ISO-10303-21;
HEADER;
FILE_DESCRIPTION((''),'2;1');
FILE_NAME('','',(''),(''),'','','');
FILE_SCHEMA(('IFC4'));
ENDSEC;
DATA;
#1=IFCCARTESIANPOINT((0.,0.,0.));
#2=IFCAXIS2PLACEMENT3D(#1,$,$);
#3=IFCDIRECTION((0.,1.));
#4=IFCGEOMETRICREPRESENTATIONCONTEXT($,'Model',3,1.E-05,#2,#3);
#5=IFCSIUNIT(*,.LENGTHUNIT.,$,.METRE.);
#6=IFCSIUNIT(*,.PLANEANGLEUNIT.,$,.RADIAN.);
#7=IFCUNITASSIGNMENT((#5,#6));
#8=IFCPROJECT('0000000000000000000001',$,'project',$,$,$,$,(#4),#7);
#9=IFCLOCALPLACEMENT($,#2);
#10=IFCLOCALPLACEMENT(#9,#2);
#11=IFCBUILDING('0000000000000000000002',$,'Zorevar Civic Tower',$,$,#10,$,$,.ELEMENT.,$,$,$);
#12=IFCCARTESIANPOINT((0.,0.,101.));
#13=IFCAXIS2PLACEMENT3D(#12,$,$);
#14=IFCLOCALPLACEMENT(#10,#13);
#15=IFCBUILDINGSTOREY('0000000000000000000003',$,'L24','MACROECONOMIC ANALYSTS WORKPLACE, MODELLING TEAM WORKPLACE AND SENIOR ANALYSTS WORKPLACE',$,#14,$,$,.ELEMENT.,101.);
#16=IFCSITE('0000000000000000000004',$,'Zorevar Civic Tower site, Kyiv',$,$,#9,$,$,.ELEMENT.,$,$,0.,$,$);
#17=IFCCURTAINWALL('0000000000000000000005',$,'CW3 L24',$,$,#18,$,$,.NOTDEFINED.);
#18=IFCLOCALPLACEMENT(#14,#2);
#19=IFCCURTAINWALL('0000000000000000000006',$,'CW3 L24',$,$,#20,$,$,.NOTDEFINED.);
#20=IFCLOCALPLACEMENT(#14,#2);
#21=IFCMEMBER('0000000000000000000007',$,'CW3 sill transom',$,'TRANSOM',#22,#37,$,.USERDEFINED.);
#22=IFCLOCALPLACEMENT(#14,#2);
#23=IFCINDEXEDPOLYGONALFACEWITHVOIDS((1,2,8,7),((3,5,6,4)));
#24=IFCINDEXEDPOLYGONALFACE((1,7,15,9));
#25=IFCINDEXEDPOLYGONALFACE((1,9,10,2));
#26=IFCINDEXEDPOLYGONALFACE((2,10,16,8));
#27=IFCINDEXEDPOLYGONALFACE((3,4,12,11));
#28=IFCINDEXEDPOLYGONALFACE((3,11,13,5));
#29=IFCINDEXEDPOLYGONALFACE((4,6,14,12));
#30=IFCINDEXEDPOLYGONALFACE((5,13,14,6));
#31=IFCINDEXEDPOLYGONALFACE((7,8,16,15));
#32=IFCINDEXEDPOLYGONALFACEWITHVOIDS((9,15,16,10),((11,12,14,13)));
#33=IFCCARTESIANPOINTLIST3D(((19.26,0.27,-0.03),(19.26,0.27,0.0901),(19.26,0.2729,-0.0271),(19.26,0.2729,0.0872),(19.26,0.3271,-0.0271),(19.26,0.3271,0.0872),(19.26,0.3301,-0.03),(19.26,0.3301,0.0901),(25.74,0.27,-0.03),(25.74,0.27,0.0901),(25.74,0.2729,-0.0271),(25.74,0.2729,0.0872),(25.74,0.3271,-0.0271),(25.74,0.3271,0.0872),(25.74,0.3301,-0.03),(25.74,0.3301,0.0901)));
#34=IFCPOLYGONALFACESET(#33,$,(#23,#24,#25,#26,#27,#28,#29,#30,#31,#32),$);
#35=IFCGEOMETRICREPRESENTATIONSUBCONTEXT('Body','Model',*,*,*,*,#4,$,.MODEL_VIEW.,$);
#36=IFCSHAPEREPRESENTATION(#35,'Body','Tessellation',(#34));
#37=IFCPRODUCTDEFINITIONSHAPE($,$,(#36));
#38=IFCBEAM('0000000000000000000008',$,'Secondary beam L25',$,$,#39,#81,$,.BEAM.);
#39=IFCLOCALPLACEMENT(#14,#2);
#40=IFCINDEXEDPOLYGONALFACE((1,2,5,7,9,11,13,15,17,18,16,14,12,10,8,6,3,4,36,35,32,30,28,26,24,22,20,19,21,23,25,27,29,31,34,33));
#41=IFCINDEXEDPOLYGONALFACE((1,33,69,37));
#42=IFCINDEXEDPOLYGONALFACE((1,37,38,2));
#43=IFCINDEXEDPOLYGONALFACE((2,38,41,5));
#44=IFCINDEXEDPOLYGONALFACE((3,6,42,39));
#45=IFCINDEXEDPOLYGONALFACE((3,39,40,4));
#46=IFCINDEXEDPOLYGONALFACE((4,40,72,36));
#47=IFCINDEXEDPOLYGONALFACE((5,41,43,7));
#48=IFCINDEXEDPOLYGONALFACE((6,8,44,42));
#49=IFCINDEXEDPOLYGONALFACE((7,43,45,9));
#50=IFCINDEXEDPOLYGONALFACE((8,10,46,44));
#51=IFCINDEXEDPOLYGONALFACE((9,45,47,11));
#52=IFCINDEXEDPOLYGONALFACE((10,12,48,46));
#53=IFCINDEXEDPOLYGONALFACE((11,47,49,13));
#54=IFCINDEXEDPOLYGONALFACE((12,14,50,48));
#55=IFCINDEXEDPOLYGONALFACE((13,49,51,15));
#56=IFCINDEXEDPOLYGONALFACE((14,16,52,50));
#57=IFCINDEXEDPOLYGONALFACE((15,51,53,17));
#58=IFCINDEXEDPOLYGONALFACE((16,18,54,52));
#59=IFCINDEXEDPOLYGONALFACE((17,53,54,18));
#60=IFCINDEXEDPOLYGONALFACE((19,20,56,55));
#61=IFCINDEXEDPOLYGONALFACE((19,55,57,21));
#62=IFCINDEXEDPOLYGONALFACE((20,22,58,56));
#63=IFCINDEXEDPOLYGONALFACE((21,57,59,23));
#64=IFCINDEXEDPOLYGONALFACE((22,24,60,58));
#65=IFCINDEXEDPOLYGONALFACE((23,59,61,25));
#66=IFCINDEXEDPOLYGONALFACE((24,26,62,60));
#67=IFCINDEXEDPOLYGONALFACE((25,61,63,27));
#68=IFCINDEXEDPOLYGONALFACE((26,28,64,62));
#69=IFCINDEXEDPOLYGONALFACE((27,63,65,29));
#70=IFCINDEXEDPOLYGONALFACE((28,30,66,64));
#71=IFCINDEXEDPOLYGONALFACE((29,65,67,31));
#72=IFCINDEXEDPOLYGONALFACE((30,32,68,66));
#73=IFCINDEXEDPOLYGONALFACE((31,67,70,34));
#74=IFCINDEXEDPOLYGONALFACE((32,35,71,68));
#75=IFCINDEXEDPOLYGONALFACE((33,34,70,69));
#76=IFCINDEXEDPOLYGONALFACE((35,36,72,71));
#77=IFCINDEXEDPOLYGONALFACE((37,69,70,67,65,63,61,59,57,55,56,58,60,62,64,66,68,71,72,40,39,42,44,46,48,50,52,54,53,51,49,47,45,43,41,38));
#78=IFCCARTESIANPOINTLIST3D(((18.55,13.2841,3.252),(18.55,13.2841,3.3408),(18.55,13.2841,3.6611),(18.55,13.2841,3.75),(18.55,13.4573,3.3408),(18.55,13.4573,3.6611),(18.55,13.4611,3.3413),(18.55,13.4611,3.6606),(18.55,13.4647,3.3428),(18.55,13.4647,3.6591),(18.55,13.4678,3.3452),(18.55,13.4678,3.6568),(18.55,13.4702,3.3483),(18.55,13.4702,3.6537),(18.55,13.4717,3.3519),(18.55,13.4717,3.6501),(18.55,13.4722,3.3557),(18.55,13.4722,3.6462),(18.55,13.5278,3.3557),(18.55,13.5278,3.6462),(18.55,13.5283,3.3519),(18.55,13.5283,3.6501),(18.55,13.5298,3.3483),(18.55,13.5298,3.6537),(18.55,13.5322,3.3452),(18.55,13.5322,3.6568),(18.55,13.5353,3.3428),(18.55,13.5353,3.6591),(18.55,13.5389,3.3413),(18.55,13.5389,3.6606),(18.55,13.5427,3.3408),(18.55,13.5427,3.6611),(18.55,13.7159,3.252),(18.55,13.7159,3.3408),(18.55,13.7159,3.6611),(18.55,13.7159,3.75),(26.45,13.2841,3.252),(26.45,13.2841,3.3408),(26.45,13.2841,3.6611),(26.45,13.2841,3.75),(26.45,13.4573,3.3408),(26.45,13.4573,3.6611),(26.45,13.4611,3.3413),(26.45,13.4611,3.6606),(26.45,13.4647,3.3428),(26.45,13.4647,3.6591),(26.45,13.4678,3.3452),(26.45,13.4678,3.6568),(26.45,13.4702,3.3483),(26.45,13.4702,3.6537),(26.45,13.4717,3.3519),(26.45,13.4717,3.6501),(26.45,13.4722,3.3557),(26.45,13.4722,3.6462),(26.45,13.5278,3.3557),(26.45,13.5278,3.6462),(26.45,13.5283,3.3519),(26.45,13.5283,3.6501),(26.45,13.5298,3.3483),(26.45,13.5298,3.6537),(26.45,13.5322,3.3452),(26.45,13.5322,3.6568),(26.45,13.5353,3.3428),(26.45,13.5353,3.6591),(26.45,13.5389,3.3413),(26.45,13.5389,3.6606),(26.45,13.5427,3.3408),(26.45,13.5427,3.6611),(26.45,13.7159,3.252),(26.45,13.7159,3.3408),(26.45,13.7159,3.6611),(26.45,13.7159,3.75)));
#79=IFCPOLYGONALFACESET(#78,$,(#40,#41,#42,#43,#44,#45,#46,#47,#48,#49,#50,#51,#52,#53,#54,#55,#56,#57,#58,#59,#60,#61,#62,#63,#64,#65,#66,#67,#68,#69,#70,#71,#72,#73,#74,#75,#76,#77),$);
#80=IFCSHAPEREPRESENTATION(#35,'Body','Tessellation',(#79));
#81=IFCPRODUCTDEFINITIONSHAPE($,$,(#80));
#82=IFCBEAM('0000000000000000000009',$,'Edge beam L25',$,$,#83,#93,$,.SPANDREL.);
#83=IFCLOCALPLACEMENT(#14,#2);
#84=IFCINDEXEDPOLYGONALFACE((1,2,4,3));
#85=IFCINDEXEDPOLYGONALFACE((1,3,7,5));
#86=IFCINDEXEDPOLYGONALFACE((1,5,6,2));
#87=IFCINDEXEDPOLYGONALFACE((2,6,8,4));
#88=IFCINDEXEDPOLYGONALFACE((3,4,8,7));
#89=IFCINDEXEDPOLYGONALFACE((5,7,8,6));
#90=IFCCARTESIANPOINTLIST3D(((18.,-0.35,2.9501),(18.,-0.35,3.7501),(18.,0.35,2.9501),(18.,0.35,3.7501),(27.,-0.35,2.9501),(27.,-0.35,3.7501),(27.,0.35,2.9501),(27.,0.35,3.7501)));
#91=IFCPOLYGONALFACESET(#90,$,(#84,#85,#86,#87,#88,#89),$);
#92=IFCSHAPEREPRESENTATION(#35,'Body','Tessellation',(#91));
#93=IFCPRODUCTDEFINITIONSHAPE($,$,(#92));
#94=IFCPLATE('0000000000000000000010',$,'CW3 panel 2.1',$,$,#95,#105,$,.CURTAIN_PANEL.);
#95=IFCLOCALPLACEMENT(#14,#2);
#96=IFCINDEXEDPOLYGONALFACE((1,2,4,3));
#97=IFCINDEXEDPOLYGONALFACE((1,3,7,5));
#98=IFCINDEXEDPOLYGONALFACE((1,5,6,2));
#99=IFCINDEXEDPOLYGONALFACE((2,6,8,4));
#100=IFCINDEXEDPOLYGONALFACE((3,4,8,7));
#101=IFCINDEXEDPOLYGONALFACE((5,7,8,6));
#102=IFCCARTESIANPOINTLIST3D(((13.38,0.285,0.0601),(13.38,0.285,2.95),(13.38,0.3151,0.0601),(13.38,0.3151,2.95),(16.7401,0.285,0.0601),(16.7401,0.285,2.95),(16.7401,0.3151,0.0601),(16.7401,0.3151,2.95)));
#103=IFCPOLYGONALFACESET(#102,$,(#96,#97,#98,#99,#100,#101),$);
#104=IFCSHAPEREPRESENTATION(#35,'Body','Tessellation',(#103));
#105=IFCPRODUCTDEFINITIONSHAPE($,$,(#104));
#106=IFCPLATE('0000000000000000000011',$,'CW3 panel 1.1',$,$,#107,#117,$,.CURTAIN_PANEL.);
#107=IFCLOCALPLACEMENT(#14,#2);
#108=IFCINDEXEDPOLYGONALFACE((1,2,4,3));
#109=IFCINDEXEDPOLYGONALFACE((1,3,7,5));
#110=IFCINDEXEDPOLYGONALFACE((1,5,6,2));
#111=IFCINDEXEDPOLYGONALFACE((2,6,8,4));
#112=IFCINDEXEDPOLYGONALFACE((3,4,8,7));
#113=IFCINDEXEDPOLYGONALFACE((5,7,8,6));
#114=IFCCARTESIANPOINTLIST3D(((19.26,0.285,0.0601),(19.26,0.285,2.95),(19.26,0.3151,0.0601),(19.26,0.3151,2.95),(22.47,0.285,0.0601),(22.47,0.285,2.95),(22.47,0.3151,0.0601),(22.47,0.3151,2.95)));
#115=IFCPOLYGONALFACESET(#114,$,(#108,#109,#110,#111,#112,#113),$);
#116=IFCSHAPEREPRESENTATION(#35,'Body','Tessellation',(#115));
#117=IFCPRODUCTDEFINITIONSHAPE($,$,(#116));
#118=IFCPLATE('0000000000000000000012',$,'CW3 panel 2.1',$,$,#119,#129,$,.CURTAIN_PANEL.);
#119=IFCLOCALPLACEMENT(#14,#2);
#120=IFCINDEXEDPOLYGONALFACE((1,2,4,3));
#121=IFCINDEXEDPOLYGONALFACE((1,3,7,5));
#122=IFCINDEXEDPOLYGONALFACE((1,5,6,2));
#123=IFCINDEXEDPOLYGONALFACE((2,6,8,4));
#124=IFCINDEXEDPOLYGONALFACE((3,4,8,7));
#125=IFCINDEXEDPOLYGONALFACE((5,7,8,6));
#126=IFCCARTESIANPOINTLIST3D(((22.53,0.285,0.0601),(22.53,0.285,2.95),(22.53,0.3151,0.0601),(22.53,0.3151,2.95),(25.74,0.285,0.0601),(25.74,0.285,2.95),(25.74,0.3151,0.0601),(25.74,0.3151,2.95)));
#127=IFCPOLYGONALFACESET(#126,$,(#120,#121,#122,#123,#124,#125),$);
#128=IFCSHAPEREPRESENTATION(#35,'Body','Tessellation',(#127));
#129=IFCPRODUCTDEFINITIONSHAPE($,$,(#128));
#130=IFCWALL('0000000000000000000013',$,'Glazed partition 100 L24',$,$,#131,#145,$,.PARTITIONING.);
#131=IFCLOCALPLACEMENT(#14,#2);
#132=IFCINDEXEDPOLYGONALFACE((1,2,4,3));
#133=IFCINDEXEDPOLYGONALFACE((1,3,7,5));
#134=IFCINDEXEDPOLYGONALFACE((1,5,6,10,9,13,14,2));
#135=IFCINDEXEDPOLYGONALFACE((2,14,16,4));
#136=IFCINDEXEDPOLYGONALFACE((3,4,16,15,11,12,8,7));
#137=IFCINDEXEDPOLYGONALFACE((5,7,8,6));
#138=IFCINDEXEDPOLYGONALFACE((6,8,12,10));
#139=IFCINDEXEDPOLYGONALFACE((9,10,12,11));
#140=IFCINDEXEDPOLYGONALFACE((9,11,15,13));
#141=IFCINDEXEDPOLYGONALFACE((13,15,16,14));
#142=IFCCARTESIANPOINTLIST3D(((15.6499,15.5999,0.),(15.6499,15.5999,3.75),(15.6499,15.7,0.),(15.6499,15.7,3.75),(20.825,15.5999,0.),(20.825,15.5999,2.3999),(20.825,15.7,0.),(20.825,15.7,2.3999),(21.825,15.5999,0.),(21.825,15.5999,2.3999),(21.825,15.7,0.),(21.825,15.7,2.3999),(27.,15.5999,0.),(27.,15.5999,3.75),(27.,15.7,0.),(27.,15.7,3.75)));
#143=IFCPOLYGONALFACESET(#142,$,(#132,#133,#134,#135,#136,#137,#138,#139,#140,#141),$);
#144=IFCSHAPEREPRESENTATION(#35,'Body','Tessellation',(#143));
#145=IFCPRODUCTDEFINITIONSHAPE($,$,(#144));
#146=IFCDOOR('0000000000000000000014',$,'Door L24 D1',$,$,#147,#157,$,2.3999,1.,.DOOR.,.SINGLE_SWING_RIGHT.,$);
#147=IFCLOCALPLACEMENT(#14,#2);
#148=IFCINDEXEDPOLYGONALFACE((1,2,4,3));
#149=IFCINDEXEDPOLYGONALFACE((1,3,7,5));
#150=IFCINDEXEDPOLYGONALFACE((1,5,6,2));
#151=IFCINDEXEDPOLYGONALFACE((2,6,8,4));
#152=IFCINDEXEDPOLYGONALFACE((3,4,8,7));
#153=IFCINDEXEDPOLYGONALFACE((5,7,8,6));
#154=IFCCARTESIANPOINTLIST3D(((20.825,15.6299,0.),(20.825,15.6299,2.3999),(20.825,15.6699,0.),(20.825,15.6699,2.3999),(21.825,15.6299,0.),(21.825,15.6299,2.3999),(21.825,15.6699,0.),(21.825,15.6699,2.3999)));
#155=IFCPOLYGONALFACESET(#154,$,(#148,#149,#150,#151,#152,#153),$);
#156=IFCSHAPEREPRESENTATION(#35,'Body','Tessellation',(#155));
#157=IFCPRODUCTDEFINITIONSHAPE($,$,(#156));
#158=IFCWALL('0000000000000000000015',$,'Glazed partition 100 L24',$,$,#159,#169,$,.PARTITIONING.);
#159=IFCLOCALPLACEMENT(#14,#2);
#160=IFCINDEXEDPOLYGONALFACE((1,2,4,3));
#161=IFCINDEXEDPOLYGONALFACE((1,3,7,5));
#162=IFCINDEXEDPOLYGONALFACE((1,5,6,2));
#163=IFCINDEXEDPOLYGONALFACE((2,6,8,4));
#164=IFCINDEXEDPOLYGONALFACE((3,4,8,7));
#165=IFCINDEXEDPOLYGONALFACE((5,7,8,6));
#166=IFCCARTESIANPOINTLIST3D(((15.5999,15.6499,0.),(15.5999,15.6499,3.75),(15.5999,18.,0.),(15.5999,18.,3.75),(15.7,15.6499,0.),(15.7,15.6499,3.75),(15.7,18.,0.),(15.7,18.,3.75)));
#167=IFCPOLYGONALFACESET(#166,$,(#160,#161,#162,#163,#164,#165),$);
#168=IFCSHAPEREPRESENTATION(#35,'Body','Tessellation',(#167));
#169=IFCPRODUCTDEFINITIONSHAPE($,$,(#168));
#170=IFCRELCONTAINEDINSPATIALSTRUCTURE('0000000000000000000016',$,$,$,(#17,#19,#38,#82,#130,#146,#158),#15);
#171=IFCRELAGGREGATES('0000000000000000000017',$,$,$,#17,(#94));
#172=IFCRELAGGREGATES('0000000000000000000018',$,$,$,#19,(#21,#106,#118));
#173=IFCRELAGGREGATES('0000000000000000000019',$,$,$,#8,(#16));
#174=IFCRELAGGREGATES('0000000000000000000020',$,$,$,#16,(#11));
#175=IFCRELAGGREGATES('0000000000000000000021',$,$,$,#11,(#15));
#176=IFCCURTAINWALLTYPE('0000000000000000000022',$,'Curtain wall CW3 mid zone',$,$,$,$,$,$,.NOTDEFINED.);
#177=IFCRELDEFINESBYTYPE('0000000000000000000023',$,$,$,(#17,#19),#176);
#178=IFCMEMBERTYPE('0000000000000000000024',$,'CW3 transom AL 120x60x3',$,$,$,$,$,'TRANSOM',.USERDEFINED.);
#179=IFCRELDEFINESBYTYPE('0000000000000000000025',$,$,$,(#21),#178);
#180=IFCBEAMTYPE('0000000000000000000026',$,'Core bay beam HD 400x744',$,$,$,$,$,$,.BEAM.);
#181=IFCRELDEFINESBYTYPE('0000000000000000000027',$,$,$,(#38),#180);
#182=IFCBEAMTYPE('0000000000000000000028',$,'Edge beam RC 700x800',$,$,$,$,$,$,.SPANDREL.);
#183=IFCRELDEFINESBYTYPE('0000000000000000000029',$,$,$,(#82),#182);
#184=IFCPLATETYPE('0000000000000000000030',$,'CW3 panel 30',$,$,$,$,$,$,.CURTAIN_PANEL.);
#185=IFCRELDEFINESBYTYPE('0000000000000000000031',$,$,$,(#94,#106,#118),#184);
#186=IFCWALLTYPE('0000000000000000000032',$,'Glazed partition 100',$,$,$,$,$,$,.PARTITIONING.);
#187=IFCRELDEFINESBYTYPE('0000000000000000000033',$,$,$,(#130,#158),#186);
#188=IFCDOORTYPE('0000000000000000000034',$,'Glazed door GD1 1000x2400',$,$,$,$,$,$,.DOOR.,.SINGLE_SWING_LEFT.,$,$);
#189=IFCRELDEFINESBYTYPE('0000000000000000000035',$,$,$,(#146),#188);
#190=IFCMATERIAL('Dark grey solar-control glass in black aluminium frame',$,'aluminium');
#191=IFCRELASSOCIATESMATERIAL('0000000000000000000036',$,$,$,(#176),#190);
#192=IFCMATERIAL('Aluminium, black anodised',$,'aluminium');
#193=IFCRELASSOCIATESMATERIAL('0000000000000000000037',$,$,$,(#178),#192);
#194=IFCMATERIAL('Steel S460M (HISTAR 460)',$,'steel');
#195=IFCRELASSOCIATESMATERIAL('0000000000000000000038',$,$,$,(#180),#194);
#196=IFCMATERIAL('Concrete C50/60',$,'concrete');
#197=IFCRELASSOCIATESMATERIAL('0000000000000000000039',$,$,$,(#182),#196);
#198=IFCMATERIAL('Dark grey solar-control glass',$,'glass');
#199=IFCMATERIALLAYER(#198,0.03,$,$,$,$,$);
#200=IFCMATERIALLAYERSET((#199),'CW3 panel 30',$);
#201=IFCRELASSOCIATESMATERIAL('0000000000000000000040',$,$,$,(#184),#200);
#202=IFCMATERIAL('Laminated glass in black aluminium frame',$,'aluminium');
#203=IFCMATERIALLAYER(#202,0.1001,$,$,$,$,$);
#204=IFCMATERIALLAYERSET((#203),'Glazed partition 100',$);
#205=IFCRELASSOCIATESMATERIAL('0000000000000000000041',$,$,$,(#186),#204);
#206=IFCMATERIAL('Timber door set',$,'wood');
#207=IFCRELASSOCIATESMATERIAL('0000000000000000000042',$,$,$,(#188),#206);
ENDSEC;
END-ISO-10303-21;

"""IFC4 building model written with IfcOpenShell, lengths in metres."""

from ifc_helpers import new_model, si_unit, direction, frame, frame_2d, origin, origin_2d, place, context, subcontext, project, spatial, rectangle, hollow_rectangle, i_section, extrude, material, layer, layer_set, material_profile, profile_set, type_object, element, fill, aggregate, save


model = new_model("IFC4")

# Units and contexts
model_context = context("Model", 3, precision=1e-05, world=origin(), true_north=direction((0.0, 1.0)))
body_context = subcontext(model_context, "Body", "Model", "MODEL_VIEW")
ifc_project = project(units=[si_unit("LENGTHUNIT", "METRE"), si_unit("PLANEANGLEUNIT", "RADIAN")], contexts=[model_context])

# Site, building, storey
site_placement = place(None, origin())
site = spatial("IfcSite", under=ifc_project, at=site_placement, Name="Zorevar Civic Tower site, Kyiv", CompositionType="ELEMENT", RefElevation=0.0)
building_placement = place(site_placement, origin())
building = spatial("IfcBuilding", under=site, at=building_placement, Name="Zorevar Civic Tower", CompositionType="ELEMENT")
storey_placement = place(building_placement, frame((0.0, 0.0, 101.0)))
storey = spatial("IfcBuildingStorey", under=building, at=storey_placement, Name="L24", Description="MACROECONOMIC ANALYSTS WORKPLACE, MODELLING TEAM WORKPLACE AND SENIOR ANALYSTS WORKPLACE", CompositionType="ELEMENT", Elevation=101.0)

# Curtain wall
ifc_material_1 = material(Name="Dark grey solar-control glass in black aluminium frame", Category="aluminium")
curtain_wall_type = type_object("IfcCurtainWallType", Name="Curtain wall CW3 mid zone", PredefinedType="NOTDEFINED", material=ifc_material_1)
curtain_wall_1_placement = place(storey_placement, origin())
curtain_wall_1 = element("IfcCurtainWall", 1, at=curtain_wall_1_placement, inside=storey, type_object=curtain_wall_type, Name="CW3 L24", PredefinedType="NOTDEFINED")

# Curtain wall, member
curtain_wall_2_placement = place(storey_placement, origin())
curtain_wall_2 = element("IfcCurtainWall", 2, at=curtain_wall_2_placement, inside=storey, type_object=curtain_wall_type, Name="CW3 L24", PredefinedType="NOTDEFINED")
ifc_material_2 = material(Name="Aluminium, black anodised", Category="aluminium")
ifc_material_profile_1 = material_profile(ifc_material_2, hollow_rectangle(XDim=0.0601, YDim=0.1201, WallThickness=0.0029, at=origin_2d()), Name="AL 120x60x3")
ifc_profile_set_1 = profile_set([ifc_material_profile_1], Name="Aluminium, black anodised")
member_type_1 = type_object("IfcMemberType", Name="CW3 transom AL 120x60x3", ElementType="TRANSOM", PredefinedType="USERDEFINED", material=ifc_profile_set_1)
member_1_placement = place(storey_placement, frame((19.26, 0.3, 0.03), z_axis=(1.0, 0.0, 0.0), x_axis=(0.0, 1.0, 0.0)))
member_1 = element("IfcMember", 3, at=member_1_placement, type_object=member_type_1, Name="CW3 sill transom", ObjectType="TRANSOM", PredefinedType="USERDEFINED", context=body_context, shape_type="SweptSolid", body=[
    extrude(hollow_rectangle(XDim=0.0601, YDim=0.1201, WallThickness=0.0029, at=origin_2d()), origin(), (0.0, 0.0, 1.0), 6.48),
])

# Beams
ifc_material_3 = material(Name="Steel S460M (HISTAR 460)", Category="steel")
ifc_material_profile_2 = material_profile(ifc_material_3, i_section(OverallWidth=0.4319, OverallDepth=0.498, WebThickness=0.0557, FlangeThickness=0.0889, FilletRadius=0.0149, at=origin_2d()), Name="HD 400x744")
ifc_profile_set_2 = profile_set([ifc_material_profile_2], Name="Steel S460M (HISTAR 460)")
beam_type_1 = type_object("IfcBeamType", Name="Core bay beam HD 400x744", PredefinedType="BEAM", material=ifc_profile_set_2)
beam_1_placement = place(storey_placement, frame((18.55, 13.5, 3.501), z_axis=(1.0, 0.0, 0.0), x_axis=(0.0, 1.0, 0.0)))
element("IfcBeam", 4, at=beam_1_placement, inside=storey, type_object=beam_type_1, Name="Secondary beam L25", PredefinedType="BEAM", context=body_context, shape_type="SweptSolid", body=[
    extrude(i_section(OverallWidth=0.4319, OverallDepth=0.498, WebThickness=0.0557, FlangeThickness=0.0889, FilletRadius=0.0149, at=origin_2d()), origin(), (0.0, 0.0, 1.0), 7.8999),
])
ifc_material_4 = material(Name="Concrete C50/60", Category="concrete")
ifc_material_profile_3 = material_profile(ifc_material_4, rectangle(XDim=0.7, YDim=0.8, at=origin_2d()), Name="RC 700x800")
ifc_profile_set_3 = profile_set([ifc_material_profile_3], Name="Concrete C50/60")
beam_type_2 = type_object("IfcBeamType", Name="Edge beam RC 700x800", PredefinedType="SPANDREL", material=ifc_profile_set_3)
beam_2_placement = place(storey_placement, frame((18.0, 0.0, 3.3501), z_axis=(1.0, 0.0, 0.0), x_axis=(0.0, 1.0, 0.0)))
element("IfcBeam", 5, at=beam_2_placement, inside=storey, type_object=beam_type_2, Name="Edge beam L25", PredefinedType="SPANDREL", context=body_context, shape_type="SweptSolid", body=[
    extrude(rectangle(XDim=0.7, YDim=0.8, at=origin_2d()), origin(), (0.0, 0.0, 1.0), 9.0),
])

# Plates
ifc_material_5 = material(Name="Dark grey solar-control glass", Category="glass")
ifc_layer_1 = layer(ifc_material_5, 0.03)
ifc_layer_set_1 = layer_set([ifc_layer_1], Name="CW3 panel 30")
plate_type = type_object("IfcPlateType", Name="CW3 panel 30", PredefinedType="CURTAIN_PANEL", material=ifc_layer_set_1)
plate_1_placement = place(storey_placement, frame((15.0601, 0.3, 0.0601), z_axis=(0.0, 0.0, 1.0), x_axis=(1.0, 0.0, 0.0)))
plate_1 = element("IfcPlate", 6, at=plate_1_placement, type_object=plate_type, Name="CW3 panel 2.1", PredefinedType="CURTAIN_PANEL", context=body_context, shape_type="SweptSolid", body=[
    extrude(rectangle(XDim=3.3601, YDim=0.03, at=origin_2d()), origin(), (0.0, 0.0, 1.0), 2.8899),
])
aggregate(curtain_wall_1, [plate_1])
plate_2_placement = place(storey_placement, frame((20.865, 0.3, 0.0601), z_axis=(0.0, 0.0, 1.0), x_axis=(1.0, 0.0, 0.0)))
plate_2 = element("IfcPlate", 7, at=plate_2_placement, type_object=plate_type, Name="CW3 panel 1.1", PredefinedType="CURTAIN_PANEL", context=body_context, shape_type="SweptSolid", body=[
    extrude(rectangle(XDim=3.21, YDim=0.03, at=origin_2d()), origin(), (0.0, 0.0, 1.0), 2.8899),
])
plate_3_placement = place(storey_placement, frame((24.135, 0.3, 0.0601), z_axis=(0.0, 0.0, 1.0), x_axis=(1.0, 0.0, 0.0)))
plate_3 = element("IfcPlate", 8, at=plate_3_placement, type_object=plate_type, Name="CW3 panel 2.1", PredefinedType="CURTAIN_PANEL", context=body_context, shape_type="SweptSolid", body=[
    extrude(rectangle(XDim=3.21, YDim=0.03, at=origin_2d()), origin(), (0.0, 0.0, 1.0), 2.8899),
])
aggregate(curtain_wall_2, [member_1, plate_2, plate_3])

# Wall, opening, door
ifc_material_6 = material(Name="Laminated glass in black aluminium frame", Category="aluminium")
ifc_layer_2 = layer(ifc_material_6, 0.1001)
ifc_layer_set_2 = layer_set([ifc_layer_2], Name="Glazed partition 100")
wall_type_1 = type_object("IfcWallType", Name="Glazed partition 100", PredefinedType="PARTITIONING", material=ifc_layer_set_2)
wall_1_placement = place(storey_placement, frame((15.6499, 15.6499, 0.0), z_axis=(0.0, 0.0, 1.0), x_axis=(1.0, 0.0, 0.0)))
wall_1 = element("IfcWall", 9, at=wall_1_placement, inside=storey, type_object=wall_type_1, Name="Glazed partition 100 L24", PredefinedType="PARTITIONING", context=body_context, shape_type="SweptSolid", body=[
    extrude(rectangle(XDim=11.3501, YDim=0.1001, at=frame_2d((5.675, 0.0))), origin(), (0.0, 0.0, 1.0), 3.75),
])
opening_1_placement = place(wall_1_placement, frame((5.175, 0.0, 0.0)))
opening_1 = element("IfcOpeningElement", 10, at=opening_1_placement, cuts=wall_1, PredefinedType="OPENING", context=body_context, shape_type="SweptSolid", body=[
    extrude(rectangle(XDim=1.0, YDim=2.3999, at=frame_2d((0.5, 1.2))), frame((0.0, 0.0601, 0.0), z_axis=(0.0, -1.0, 0.0), x_axis=(1.0, 0.0, 0.0)), (0.0, 0.0, 1.0), 0.1201),
])
ifc_material_7 = material(Name="Timber door set", Category="wood")
door_type_1 = type_object("IfcDoorType", Name="Glazed door GD1 1000x2400", OperationType="SINGLE_SWING_LEFT", PredefinedType="DOOR", material=ifc_material_7)
door_1_placement = place(opening_1_placement, origin())
door_1 = element("IfcDoor", 11, at=door_1_placement, inside=storey, type_object=door_type_1, Name="Door L24 D1", OperationType="SINGLE_SWING_RIGHT", OverallHeight=2.3999, OverallWidth=1.0, PredefinedType="DOOR", context=body_context, shape_type="SweptSolid", body=[
    extrude(rectangle(XDim=1.0, YDim=2.3999, at=frame_2d((0.5, 1.2))), frame((0.0, 0.02, 0.0), z_axis=(0.0, -1.0, 0.0), x_axis=(1.0, 0.0, 0.0)), (0.0, 0.0, 1.0), 0.04),
])
fill(opening_1, door_1)

# Wall
wall_2_placement = place(storey_placement, frame((15.6499, 15.6499, 0.0), z_axis=(0.0, 0.0, 1.0), x_axis=(0.0, 1.0, 0.0)))
element("IfcWall", 12, at=wall_2_placement, inside=storey, type_object=wall_type_1, Name="Glazed partition 100 L24", PredefinedType="PARTITIONING", context=body_context, shape_type="SweptSolid", body=[
    extrude(rectangle(XDim=2.3501, YDim=0.1001, at=frame_2d((1.175, 0.0))), origin(), (0.0, 0.0, 1.0), 3.75),
])

save(model, "model.ifc")
